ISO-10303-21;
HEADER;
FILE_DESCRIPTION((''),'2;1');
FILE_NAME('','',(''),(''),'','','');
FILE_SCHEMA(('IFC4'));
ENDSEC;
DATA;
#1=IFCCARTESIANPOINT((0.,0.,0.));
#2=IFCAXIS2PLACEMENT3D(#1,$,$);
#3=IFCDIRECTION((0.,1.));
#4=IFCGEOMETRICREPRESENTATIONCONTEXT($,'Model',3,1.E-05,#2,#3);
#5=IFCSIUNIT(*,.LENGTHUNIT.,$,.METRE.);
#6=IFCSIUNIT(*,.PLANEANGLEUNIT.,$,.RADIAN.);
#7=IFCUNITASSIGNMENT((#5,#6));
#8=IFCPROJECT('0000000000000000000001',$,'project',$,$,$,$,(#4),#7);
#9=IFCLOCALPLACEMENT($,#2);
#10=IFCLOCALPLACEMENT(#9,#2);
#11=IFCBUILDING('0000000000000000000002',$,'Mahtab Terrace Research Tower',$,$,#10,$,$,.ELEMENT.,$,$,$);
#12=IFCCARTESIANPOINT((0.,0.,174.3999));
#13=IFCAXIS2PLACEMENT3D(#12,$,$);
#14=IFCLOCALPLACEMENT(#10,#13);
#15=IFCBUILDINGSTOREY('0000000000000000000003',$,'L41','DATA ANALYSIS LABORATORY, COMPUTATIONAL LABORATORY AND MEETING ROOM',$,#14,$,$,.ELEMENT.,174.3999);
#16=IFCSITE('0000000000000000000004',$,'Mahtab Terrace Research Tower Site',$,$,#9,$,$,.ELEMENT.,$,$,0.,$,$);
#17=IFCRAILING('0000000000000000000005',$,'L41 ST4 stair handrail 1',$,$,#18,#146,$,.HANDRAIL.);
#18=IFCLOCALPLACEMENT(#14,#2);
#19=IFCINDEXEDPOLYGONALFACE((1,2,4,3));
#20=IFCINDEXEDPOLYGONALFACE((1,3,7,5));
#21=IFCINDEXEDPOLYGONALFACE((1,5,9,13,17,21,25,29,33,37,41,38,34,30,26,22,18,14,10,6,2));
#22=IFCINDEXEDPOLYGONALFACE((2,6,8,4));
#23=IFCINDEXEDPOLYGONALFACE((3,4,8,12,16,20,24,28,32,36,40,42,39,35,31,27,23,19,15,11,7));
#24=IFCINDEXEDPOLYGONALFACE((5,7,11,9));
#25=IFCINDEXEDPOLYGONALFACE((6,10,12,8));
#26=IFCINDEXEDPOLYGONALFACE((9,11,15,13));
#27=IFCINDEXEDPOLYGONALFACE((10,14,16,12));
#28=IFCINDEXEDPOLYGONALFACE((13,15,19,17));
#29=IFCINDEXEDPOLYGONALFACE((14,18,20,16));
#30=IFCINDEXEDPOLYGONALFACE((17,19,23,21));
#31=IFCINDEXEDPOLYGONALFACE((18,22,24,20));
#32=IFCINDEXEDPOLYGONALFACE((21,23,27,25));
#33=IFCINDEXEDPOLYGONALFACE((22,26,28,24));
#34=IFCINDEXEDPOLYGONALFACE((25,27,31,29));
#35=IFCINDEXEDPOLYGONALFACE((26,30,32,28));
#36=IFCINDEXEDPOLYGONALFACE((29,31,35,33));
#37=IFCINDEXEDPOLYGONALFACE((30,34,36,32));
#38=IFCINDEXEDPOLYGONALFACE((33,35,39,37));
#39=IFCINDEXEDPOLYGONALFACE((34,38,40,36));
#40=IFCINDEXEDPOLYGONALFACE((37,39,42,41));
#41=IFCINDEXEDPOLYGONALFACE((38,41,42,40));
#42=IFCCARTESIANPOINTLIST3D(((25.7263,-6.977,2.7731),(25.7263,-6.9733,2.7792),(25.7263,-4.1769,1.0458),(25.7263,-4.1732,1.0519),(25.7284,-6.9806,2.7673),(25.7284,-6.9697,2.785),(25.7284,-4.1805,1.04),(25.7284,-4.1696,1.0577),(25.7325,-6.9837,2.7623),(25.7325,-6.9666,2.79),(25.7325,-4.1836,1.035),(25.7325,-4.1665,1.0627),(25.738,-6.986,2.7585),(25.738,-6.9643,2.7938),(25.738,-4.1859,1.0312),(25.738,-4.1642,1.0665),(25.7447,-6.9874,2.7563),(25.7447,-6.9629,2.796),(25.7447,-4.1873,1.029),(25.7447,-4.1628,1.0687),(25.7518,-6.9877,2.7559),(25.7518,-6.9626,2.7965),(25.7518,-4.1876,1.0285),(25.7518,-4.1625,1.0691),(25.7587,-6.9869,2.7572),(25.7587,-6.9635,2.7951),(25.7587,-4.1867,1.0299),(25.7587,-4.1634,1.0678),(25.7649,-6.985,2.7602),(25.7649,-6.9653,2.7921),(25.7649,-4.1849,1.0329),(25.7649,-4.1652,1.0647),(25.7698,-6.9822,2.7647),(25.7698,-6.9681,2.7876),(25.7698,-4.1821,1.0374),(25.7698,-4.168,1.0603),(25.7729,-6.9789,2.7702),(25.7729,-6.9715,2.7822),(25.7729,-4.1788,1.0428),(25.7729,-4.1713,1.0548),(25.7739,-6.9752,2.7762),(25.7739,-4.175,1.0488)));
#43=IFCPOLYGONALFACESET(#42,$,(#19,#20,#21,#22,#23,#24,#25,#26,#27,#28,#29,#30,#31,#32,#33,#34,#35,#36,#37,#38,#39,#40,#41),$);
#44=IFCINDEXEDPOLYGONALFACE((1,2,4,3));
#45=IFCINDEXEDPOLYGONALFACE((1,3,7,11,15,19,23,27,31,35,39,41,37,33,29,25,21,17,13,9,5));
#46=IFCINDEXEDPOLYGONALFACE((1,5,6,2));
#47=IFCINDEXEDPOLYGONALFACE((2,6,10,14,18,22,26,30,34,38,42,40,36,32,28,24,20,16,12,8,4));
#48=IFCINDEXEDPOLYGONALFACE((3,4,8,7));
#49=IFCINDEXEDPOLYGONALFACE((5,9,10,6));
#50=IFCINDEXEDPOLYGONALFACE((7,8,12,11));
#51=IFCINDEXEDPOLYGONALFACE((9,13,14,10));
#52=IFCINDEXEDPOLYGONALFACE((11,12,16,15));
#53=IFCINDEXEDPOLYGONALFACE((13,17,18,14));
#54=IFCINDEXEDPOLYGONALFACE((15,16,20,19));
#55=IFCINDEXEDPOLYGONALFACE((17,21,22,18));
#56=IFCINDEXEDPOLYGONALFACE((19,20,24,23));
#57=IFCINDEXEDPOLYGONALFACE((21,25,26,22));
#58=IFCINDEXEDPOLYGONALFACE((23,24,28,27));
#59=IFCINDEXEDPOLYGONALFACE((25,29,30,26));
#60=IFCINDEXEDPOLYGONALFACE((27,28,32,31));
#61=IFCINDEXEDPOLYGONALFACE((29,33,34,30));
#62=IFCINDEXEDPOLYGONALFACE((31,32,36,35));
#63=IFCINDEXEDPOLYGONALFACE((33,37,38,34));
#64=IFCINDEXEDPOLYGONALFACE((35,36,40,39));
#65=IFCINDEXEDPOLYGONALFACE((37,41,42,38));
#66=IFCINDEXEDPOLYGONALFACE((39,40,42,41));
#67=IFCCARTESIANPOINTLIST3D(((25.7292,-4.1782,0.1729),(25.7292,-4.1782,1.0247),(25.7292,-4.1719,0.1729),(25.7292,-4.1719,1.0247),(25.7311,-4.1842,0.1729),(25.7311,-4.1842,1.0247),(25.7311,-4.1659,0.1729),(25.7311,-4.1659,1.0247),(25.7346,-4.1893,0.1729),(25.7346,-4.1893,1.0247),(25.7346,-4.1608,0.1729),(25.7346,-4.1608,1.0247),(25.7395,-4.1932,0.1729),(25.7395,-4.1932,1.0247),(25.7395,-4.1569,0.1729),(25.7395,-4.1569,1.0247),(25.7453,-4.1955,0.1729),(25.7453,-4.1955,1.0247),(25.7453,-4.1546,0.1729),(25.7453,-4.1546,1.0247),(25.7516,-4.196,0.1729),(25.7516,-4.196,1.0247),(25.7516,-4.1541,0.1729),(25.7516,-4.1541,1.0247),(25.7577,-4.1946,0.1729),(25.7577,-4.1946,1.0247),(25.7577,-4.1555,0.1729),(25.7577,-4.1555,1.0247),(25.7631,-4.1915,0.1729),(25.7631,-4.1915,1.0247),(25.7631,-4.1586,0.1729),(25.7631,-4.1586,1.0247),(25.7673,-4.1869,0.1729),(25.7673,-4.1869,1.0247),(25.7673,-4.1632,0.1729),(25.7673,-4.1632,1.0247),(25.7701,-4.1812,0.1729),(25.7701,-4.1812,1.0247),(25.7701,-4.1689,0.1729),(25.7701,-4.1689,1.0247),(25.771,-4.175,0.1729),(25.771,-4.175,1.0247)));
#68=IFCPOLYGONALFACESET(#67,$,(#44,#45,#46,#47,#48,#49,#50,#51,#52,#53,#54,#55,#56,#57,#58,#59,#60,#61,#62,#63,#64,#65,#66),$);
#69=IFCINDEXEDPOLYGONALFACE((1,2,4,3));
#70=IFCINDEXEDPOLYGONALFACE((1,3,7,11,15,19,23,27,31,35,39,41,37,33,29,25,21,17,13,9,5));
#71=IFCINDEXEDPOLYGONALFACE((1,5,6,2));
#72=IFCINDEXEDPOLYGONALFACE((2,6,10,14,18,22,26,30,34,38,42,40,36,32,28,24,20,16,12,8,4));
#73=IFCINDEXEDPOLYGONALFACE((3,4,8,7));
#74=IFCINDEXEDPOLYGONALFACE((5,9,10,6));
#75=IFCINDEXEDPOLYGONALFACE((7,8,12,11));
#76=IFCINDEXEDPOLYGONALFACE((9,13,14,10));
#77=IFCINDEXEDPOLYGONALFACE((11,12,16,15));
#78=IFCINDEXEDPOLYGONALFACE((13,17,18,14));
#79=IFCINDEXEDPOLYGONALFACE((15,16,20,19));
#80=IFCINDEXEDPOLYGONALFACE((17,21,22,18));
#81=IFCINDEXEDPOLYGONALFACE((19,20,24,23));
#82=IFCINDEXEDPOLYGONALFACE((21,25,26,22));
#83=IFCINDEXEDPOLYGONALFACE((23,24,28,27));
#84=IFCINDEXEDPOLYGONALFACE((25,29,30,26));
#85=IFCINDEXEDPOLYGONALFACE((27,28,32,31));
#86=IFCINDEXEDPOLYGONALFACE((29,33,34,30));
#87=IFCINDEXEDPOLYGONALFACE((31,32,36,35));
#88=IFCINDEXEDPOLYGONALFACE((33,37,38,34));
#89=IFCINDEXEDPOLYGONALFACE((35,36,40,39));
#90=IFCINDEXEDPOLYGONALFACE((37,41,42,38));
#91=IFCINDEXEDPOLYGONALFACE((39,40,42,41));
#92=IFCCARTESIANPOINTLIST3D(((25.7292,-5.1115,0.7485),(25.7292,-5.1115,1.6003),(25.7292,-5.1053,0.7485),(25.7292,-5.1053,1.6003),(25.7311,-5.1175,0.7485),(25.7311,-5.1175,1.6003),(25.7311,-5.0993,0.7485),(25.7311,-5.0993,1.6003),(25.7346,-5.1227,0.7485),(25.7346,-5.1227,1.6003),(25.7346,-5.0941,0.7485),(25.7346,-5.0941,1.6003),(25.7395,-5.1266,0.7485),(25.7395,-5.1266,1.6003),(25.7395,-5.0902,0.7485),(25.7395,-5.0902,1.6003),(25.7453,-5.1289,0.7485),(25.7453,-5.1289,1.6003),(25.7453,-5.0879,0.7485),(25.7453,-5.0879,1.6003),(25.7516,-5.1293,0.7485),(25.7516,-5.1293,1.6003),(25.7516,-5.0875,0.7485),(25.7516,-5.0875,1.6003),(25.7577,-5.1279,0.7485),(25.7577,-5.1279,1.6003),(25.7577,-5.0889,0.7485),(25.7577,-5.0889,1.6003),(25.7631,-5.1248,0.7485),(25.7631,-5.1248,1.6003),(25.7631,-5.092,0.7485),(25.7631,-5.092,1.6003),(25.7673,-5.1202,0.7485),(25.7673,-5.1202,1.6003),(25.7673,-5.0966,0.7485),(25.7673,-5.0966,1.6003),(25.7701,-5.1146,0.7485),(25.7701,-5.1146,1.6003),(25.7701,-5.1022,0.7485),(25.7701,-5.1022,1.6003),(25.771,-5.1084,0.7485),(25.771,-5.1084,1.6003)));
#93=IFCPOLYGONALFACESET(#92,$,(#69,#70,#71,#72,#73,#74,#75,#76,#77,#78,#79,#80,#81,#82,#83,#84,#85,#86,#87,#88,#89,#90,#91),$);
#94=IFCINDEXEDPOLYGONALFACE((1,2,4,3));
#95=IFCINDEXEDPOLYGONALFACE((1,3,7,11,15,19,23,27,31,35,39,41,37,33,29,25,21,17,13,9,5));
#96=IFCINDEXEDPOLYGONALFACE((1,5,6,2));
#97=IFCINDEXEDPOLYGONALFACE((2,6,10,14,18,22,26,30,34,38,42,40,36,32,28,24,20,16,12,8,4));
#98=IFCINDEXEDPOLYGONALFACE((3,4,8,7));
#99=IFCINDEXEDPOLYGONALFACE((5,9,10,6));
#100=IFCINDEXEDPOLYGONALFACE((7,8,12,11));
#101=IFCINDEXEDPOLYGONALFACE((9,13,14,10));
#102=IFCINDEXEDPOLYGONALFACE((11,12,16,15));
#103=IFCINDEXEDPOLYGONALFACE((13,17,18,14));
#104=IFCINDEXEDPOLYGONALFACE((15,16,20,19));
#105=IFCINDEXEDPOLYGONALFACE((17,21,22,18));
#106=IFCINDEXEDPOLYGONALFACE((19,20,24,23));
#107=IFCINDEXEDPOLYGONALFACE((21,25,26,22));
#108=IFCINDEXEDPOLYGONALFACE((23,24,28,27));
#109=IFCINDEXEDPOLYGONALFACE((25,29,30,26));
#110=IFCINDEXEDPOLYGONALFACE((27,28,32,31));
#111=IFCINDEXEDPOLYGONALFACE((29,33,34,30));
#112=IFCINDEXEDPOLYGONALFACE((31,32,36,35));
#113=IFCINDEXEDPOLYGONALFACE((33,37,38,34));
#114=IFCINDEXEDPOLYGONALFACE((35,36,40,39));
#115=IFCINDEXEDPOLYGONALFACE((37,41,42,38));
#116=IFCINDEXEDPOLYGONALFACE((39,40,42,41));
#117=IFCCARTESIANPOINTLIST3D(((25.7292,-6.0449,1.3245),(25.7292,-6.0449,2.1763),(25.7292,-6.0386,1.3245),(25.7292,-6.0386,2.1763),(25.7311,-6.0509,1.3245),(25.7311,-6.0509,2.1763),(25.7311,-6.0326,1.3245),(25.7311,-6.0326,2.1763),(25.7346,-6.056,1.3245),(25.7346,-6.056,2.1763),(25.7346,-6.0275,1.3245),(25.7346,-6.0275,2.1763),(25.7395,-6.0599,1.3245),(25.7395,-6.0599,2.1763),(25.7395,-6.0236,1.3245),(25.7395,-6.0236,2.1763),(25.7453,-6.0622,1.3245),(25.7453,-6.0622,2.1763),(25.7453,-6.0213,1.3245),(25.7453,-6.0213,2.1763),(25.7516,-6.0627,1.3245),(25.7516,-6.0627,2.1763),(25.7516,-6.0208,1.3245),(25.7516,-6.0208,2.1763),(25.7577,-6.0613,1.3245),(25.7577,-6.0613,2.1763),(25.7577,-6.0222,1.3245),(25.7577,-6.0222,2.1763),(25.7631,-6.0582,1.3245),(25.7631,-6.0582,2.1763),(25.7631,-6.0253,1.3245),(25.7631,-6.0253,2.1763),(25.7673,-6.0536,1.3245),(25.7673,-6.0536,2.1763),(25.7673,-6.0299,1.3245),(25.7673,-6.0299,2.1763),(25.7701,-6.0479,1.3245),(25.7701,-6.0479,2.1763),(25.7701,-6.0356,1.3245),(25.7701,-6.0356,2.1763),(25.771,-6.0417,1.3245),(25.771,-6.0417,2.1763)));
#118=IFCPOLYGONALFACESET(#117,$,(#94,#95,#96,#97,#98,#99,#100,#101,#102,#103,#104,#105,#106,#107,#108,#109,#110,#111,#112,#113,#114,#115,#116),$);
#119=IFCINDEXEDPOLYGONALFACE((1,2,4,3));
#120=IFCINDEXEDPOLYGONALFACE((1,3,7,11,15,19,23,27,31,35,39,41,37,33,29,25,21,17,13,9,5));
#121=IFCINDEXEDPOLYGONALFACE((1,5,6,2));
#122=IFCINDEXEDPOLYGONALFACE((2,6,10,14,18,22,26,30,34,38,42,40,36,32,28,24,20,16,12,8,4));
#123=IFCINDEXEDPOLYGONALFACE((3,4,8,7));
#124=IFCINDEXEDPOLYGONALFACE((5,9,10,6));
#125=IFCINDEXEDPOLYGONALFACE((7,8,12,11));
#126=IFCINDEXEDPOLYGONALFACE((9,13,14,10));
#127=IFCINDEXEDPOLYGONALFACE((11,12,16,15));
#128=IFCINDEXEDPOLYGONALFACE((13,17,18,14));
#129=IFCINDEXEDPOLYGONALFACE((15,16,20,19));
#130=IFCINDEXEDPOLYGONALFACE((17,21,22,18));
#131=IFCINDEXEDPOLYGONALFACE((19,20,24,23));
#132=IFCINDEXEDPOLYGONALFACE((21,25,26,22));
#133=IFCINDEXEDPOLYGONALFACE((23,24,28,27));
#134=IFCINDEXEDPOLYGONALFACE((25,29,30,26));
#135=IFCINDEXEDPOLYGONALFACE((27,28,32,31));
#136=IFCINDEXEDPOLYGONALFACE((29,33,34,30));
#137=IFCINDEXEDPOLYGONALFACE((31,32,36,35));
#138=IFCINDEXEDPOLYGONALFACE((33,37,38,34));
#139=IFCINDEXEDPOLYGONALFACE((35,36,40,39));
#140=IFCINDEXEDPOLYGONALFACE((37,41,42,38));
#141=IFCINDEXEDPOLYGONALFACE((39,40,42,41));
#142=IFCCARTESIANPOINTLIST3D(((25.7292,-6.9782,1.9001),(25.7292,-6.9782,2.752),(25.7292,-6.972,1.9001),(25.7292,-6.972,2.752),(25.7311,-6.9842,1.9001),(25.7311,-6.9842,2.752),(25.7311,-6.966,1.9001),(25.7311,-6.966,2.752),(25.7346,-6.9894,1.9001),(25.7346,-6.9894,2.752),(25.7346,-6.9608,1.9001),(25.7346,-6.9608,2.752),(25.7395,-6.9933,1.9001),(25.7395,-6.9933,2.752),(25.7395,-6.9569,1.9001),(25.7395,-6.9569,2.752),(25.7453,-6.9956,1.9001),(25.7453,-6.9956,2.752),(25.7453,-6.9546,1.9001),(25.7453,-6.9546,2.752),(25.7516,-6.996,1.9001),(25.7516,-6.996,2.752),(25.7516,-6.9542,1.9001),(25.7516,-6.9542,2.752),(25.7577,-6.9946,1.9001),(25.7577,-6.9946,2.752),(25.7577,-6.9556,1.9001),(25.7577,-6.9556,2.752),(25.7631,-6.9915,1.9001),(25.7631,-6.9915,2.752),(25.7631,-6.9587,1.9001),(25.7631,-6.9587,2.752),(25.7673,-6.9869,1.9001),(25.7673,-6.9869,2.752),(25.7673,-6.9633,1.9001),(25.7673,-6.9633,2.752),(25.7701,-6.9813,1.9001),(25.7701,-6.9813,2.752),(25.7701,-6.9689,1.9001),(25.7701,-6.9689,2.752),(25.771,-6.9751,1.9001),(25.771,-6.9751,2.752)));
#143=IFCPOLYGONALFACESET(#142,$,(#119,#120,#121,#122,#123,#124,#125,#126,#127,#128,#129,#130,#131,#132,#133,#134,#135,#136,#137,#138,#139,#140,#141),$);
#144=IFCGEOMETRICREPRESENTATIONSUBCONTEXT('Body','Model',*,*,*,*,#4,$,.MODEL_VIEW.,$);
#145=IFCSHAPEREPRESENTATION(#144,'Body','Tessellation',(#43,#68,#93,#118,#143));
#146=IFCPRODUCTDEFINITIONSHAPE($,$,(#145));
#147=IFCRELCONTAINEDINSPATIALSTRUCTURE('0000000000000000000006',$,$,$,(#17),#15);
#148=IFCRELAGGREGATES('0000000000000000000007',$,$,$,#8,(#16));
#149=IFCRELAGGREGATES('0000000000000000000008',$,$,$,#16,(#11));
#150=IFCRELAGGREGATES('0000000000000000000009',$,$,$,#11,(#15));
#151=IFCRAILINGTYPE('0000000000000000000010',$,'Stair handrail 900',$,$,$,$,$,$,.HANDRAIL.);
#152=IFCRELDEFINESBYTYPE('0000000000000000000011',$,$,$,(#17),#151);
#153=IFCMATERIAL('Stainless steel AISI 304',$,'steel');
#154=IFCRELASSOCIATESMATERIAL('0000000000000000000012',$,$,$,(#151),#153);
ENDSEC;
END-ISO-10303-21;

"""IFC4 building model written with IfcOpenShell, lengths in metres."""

from ifc_helpers import new_model, si_unit, direction, frame, origin, origin_2d, place, context, subcontext, project, spatial, circle, extrude, material, type_object, element, save


model = new_model("IFC4")

# Units and contexts
model_context = context("Model", 3, precision=1e-05, world=origin(), true_north=direction((0.0, 1.0)))
body_context = subcontext(model_context, "Body", "Model", "MODEL_VIEW")
ifc_project = project(units=[si_unit("LENGTHUNIT", "METRE"), si_unit("PLANEANGLEUNIT", "RADIAN")], contexts=[model_context])

# Site, building, storey
site_placement = place(None, origin())
site = spatial("IfcSite", under=ifc_project, at=site_placement, Name="Mahtab Terrace Research Tower Site", CompositionType="ELEMENT", RefElevation=0.0)
building_placement = place(site_placement, origin())
building = spatial("IfcBuilding", under=site, at=building_placement, Name="Mahtab Terrace Research Tower", CompositionType="ELEMENT")
storey_placement = place(building_placement, frame((0.0, 0.0, 174.3999)))
storey = spatial("IfcBuildingStorey", under=building, at=storey_placement, Name="L41", Description="DATA ANALYSIS LABORATORY, COMPUTATIONAL LABORATORY AND MEETING ROOM", CompositionType="ELEMENT", Elevation=174.3999)

# Railing
ifc_material_1 = material(Name="Stainless steel AISI 304", Category="steel")
railing_type_1 = type_object("IfcRailingType", Name="Stair handrail 900", PredefinedType="HANDRAIL", material=ifc_material_1)
railing_1_placement = place(storey_placement, frame((25.75, -4.175, 0.1729)))
element("IfcRailing", 1, at=railing_1_placement, inside=storey, type_object=railing_type_1, Name="L41 ST4 stair handrail 1", PredefinedType="HANDRAIL", context=body_context, shape_type="SweptSolid", body=[
    extrude(circle(Radius=0.0239, at=origin_2d()), frame((0.0, 0.0, 0.876), z_axis=(0.0, -0.85109, 0.52502), x_axis=(1.0, 0.0, 0.0)), (0.0, 0.0, 1.0), 3.29),
    extrude(circle(Radius=0.021, at=origin_2d()), origin(), (0.0, 0.0, 1.0), 0.8518),
    extrude(circle(Radius=0.021, at=origin_2d()), frame((0.0, -0.9333, 0.5757)), (0.0, 0.0, 1.0), 0.8518),
    extrude(circle(Radius=0.021, at=origin_2d()), frame((0.0, -1.8667, 1.1516)), (0.0, 0.0, 1.0), 0.8518),
    extrude(circle(Radius=0.021, at=origin_2d()), frame((0.0, -2.8, 1.7273)), (0.0, 0.0, 1.0), 0.8518),
])

save(model, "model.ifc")
